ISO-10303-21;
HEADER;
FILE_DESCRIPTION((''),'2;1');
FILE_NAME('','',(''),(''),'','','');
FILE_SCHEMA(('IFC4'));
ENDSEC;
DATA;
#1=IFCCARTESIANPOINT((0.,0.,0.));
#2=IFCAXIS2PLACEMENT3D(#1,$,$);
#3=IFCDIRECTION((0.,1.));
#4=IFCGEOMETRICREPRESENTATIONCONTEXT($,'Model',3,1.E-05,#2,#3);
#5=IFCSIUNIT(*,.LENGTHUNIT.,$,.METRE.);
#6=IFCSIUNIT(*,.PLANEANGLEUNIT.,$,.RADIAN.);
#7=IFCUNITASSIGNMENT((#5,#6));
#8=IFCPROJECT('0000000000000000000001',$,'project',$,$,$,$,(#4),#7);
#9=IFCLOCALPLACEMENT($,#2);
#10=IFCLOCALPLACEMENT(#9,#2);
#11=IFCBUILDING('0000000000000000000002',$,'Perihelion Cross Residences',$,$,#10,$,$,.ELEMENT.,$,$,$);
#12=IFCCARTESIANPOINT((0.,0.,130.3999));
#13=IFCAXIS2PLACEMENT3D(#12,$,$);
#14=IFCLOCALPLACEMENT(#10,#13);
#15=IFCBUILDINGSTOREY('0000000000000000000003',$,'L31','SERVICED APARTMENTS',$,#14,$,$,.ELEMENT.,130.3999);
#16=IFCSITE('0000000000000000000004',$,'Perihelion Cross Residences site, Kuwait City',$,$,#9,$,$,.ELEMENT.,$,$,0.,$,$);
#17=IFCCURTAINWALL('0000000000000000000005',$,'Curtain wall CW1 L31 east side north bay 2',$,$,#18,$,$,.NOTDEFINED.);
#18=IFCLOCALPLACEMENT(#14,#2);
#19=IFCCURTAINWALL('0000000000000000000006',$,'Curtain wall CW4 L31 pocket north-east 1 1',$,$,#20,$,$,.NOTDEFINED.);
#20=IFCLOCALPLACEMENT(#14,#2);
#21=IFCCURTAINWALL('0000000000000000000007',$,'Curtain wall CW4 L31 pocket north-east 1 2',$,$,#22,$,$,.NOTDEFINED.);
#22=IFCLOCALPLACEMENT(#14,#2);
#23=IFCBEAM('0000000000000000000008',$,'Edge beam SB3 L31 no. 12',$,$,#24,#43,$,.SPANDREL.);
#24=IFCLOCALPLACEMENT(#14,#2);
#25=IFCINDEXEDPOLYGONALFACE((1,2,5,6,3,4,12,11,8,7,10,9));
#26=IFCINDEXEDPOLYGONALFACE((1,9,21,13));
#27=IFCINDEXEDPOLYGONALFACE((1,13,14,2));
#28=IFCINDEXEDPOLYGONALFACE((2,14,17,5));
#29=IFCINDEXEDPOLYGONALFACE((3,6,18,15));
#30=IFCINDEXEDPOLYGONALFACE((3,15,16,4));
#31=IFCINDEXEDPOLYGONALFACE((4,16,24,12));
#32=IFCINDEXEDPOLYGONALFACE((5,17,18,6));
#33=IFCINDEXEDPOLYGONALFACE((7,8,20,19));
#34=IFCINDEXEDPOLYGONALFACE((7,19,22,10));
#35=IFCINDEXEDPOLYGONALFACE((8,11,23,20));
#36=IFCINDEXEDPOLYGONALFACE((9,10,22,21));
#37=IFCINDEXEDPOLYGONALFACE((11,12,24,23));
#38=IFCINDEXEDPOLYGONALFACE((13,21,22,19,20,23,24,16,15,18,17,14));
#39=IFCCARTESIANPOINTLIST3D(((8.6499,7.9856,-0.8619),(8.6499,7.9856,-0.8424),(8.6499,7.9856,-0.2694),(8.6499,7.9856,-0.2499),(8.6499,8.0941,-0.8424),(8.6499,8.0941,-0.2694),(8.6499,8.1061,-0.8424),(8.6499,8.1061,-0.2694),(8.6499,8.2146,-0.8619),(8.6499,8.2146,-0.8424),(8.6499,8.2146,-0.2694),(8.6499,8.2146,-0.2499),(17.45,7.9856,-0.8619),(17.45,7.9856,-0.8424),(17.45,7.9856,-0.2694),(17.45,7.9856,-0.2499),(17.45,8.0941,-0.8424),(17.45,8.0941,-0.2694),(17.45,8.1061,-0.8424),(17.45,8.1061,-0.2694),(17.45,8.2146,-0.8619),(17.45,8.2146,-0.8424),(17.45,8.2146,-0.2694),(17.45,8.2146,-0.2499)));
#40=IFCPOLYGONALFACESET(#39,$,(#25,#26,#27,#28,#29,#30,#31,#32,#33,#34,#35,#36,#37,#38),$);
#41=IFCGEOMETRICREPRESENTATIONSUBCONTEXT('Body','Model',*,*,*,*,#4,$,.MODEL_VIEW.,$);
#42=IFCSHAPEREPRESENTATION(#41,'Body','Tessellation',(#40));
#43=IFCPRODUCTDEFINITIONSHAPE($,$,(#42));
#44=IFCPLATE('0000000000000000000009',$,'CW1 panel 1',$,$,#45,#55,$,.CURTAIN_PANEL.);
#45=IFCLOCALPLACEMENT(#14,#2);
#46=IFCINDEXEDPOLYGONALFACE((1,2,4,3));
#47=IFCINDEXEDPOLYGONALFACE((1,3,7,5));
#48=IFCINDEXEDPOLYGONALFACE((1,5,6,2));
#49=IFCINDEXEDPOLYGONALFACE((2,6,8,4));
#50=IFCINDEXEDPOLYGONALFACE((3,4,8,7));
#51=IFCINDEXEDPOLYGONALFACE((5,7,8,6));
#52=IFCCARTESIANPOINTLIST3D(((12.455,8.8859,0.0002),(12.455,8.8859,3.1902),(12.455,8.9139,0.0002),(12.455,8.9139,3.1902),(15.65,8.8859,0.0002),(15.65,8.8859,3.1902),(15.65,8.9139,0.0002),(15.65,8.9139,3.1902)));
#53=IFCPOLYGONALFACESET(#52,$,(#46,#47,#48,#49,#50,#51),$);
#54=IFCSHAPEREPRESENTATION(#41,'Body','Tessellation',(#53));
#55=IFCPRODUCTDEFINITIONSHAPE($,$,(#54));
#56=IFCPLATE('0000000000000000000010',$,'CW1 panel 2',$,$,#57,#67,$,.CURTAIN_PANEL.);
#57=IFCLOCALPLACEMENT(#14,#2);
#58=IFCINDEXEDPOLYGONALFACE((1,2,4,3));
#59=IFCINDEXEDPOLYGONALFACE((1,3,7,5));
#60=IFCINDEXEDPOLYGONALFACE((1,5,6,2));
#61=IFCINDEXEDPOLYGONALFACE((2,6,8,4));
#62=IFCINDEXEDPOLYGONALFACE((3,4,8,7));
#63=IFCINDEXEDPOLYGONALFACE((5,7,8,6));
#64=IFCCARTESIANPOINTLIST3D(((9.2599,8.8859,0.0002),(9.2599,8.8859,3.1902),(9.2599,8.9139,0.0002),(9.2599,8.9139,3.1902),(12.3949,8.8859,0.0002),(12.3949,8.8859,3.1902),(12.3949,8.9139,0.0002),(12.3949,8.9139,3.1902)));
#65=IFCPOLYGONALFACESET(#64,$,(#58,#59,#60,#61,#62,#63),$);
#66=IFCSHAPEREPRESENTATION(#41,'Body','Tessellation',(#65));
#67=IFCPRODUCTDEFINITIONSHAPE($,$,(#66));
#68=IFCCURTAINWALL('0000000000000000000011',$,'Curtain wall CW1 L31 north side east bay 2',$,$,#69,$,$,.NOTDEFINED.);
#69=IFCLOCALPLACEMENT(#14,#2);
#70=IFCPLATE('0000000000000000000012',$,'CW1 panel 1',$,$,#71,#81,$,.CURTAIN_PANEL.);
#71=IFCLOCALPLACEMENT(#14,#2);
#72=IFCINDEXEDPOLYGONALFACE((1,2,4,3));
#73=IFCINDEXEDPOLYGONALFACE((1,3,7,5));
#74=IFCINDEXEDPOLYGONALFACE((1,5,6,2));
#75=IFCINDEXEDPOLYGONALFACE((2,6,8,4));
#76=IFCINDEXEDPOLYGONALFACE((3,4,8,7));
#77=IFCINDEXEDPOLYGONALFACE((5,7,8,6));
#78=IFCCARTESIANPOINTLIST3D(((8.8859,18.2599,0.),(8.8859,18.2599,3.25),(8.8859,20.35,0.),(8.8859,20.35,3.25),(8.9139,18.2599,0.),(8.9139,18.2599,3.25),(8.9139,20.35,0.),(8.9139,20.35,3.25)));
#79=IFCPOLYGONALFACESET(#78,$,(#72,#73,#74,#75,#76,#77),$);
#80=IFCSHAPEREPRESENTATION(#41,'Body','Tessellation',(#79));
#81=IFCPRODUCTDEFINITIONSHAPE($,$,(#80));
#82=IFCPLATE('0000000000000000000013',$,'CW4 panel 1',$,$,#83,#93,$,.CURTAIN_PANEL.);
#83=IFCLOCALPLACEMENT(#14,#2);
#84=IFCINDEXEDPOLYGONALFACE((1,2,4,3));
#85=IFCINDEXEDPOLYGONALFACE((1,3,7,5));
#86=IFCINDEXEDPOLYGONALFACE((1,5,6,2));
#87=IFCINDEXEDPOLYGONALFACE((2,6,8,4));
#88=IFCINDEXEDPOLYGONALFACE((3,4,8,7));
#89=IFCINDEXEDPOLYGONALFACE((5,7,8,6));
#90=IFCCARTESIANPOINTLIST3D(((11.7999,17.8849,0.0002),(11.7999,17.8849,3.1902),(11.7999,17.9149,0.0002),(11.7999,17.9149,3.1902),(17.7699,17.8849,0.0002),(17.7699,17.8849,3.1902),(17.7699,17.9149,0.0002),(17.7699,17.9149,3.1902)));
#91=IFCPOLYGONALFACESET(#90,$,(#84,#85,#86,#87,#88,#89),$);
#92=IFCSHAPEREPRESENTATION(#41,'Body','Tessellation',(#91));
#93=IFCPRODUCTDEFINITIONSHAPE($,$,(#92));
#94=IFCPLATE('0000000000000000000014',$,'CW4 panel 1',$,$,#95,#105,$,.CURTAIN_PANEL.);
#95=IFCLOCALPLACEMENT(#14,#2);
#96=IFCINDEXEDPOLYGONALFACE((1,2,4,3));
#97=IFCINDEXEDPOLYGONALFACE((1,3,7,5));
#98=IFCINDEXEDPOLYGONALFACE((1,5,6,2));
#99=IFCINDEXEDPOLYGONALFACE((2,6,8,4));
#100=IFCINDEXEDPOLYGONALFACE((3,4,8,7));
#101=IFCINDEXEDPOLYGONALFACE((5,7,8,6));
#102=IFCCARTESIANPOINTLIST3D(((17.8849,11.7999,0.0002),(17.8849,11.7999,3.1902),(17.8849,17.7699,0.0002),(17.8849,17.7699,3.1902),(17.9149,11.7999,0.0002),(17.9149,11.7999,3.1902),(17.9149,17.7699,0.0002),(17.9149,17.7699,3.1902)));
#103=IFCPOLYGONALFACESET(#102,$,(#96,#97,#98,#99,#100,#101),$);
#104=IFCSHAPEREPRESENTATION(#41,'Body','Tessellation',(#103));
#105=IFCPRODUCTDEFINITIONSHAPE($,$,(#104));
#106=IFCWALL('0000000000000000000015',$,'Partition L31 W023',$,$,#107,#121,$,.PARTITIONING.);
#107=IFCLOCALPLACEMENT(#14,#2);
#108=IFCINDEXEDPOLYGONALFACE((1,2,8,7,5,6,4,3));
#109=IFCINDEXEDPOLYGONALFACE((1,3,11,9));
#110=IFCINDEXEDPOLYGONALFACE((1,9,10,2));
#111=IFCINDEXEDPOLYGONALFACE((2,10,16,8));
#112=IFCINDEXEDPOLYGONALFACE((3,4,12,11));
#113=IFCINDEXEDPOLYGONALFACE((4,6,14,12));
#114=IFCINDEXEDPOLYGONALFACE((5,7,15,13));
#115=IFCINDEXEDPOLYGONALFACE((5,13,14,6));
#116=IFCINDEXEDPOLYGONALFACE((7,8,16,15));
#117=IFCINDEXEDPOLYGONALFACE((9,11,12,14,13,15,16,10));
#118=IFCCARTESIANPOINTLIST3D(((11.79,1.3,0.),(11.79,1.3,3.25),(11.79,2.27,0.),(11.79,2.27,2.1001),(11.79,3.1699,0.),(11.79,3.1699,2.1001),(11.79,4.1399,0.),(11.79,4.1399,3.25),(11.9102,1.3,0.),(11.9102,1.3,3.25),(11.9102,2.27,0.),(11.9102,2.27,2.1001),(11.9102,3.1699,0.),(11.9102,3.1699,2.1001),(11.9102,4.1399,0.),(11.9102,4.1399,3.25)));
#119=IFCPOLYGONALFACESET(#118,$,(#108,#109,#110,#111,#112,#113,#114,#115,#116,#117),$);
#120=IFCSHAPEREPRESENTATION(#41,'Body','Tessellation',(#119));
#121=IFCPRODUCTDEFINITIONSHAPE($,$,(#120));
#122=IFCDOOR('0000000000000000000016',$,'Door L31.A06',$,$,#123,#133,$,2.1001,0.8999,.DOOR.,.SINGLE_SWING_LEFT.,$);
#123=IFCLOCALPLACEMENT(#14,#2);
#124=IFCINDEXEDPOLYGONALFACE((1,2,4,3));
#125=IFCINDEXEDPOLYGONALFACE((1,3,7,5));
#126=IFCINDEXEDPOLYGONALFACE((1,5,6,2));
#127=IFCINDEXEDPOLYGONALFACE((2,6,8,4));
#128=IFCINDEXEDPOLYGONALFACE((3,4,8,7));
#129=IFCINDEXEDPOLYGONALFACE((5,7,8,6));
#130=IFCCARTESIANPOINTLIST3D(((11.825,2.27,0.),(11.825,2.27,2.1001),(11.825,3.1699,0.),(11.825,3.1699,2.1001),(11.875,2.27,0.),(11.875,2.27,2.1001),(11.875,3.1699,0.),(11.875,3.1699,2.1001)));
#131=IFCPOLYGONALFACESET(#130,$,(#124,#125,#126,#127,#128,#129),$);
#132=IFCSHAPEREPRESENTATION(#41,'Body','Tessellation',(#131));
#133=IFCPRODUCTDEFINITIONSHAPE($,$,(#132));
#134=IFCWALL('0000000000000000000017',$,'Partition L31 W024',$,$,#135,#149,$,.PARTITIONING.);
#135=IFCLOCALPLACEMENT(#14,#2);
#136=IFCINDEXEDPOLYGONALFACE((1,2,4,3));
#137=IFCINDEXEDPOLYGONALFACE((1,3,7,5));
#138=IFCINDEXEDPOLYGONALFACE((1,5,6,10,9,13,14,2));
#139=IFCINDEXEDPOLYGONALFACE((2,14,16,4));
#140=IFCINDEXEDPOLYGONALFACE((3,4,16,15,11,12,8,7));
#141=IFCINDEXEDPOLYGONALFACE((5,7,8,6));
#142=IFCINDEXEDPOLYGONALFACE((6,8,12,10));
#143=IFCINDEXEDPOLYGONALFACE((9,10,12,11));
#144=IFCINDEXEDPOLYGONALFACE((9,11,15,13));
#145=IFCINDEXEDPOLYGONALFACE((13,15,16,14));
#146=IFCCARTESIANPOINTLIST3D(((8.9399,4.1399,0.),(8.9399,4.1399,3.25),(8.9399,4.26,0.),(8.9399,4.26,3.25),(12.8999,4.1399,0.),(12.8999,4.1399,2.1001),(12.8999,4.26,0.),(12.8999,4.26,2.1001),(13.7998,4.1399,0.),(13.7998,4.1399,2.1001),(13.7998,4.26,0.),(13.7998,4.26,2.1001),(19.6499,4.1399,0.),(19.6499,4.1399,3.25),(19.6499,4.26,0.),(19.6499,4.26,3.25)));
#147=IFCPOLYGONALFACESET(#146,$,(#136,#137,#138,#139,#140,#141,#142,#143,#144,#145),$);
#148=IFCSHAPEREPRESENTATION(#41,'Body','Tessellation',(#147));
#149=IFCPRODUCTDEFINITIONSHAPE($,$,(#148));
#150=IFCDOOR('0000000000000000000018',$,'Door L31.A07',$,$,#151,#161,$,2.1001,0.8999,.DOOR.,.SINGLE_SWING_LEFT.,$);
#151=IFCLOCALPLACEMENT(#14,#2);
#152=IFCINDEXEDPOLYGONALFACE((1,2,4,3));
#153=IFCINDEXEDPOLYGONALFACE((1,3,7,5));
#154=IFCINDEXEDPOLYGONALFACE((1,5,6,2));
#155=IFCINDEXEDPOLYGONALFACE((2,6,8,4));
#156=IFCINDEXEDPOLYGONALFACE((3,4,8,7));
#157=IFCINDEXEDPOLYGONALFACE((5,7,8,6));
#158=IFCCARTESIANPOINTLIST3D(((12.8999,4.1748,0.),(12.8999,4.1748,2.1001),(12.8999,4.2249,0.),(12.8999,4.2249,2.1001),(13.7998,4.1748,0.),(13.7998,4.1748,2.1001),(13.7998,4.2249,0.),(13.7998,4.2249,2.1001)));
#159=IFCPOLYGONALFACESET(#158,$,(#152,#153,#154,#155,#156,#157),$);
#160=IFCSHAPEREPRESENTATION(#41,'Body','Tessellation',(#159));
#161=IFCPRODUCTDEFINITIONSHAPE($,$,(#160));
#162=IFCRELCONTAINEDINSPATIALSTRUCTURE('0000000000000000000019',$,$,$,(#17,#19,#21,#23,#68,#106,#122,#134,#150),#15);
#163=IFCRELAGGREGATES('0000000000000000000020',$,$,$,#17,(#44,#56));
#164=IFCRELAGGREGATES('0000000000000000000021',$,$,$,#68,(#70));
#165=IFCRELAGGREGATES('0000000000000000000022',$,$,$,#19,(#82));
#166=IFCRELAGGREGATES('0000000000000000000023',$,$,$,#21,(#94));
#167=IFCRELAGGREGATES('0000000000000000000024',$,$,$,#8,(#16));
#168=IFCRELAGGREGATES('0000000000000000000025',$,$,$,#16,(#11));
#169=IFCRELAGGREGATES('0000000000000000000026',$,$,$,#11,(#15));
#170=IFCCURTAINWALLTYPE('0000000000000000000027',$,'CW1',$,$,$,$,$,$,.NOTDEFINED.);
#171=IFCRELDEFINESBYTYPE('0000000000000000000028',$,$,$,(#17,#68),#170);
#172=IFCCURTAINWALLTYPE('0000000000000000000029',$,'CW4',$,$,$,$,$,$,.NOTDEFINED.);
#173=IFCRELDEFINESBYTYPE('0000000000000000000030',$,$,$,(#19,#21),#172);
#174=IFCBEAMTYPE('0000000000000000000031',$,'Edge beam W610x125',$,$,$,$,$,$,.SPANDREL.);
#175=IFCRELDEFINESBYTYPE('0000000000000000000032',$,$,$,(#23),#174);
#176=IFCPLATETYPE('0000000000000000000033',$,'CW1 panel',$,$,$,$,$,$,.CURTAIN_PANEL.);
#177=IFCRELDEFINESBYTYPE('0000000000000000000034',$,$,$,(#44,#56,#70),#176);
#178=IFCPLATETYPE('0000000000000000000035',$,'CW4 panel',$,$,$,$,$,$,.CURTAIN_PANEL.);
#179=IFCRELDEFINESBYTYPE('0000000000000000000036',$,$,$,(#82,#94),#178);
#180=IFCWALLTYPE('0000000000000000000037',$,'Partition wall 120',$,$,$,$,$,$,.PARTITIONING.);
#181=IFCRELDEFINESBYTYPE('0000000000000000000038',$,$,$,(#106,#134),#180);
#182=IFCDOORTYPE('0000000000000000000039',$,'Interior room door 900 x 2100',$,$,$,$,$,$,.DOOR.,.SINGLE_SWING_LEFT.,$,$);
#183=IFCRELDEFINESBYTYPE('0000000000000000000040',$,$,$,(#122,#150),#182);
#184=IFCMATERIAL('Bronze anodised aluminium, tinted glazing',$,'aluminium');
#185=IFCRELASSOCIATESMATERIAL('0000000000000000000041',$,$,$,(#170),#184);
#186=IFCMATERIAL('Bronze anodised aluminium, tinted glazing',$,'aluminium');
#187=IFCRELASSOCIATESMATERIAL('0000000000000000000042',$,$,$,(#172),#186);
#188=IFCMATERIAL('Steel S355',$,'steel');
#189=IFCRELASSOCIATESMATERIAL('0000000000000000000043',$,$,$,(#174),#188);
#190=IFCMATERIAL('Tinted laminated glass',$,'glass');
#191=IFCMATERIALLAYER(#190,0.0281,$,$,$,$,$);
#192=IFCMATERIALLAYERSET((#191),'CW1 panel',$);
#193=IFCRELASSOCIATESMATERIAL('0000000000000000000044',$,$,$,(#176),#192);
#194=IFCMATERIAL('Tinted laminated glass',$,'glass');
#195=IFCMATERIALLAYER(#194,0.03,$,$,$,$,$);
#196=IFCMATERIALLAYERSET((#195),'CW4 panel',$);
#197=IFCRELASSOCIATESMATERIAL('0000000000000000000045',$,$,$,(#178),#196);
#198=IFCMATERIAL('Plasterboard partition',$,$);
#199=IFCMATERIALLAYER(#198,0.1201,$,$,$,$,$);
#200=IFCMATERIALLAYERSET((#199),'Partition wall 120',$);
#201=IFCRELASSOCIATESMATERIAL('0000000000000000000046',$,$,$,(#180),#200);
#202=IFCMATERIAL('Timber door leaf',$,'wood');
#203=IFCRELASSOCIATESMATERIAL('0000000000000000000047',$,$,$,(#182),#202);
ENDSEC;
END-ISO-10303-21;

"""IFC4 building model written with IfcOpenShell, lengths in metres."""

from ifc_helpers import new_model, si_unit, direction, frame, frame_2d, origin, origin_2d, place, context, subcontext, project, spatial, rectangle, i_section, extrude, material, layer, layer_set, material_profile, profile_set, type_object, element, fill, aggregate, save


model = new_model("IFC4")

# Units and contexts
model_context = context("Model", 3, precision=1e-05, world=origin(), true_north=direction((0.0, 1.0)))
body_context = subcontext(model_context, "Body", "Model", "MODEL_VIEW")
ifc_project = project(units=[si_unit("LENGTHUNIT", "METRE"), si_unit("PLANEANGLEUNIT", "RADIAN")], contexts=[model_context])

# Site, building, storey
site_placement = place(None, origin())
site = spatial("IfcSite", under=ifc_project, at=site_placement, Name="Perihelion Cross Residences site, Kuwait City", CompositionType="ELEMENT", RefElevation=0.0)
building_placement = place(site_placement, origin())
building = spatial("IfcBuilding", under=site, at=building_placement, Name="Perihelion Cross Residences", CompositionType="ELEMENT")
storey_placement = place(building_placement, frame((0.0, 0.0, 130.3999)))
storey = spatial("IfcBuildingStorey", under=building, at=storey_placement, Name="L31", Description="SERVICED APARTMENTS", CompositionType="ELEMENT", Elevation=130.3999)

# Curtain walls
ifc_material_1 = material(Name="Bronze anodised aluminium, tinted glazing", Category="aluminium")
curtain_wall_type_1 = type_object("IfcCurtainWallType", Name="CW1", PredefinedType="NOTDEFINED", material=ifc_material_1)
curtain_wall_1_placement = place(storey_placement, origin())
curtain_wall_1 = element("IfcCurtainWall", 1, at=curtain_wall_1_placement, inside=storey, type_object=curtain_wall_type_1, Name="Curtain wall CW1 L31 east side north bay 2", PredefinedType="NOTDEFINED")
ifc_material_2 = material(Name="Bronze anodised aluminium, tinted glazing", Category="aluminium")
curtain_wall_type_2 = type_object("IfcCurtainWallType", Name="CW4", PredefinedType="NOTDEFINED", material=ifc_material_2)
curtain_wall_2_placement = place(storey_placement, origin())
curtain_wall_2 = element("IfcCurtainWall", 2, at=curtain_wall_2_placement, inside=storey, type_object=curtain_wall_type_2, Name="Curtain wall CW4 L31 pocket north-east 1 1", PredefinedType="NOTDEFINED")
curtain_wall_3_placement = place(storey_placement, origin())
curtain_wall_3 = element("IfcCurtainWall", 3, at=curtain_wall_3_placement, inside=storey, type_object=curtain_wall_type_2, Name="Curtain wall CW4 L31 pocket north-east 1 2", PredefinedType="NOTDEFINED")

# Beam
ifc_material_3 = material(Name="Steel S355", Category="steel")
ifc_material_profile_1 = material_profile(ifc_material_3, i_section(OverallWidth=0.229, OverallDepth=0.6121, WebThickness=0.012, FlangeThickness=0.0195, at=origin_2d()), Name="W610x125")
ifc_profile_set_1 = profile_set([ifc_material_profile_1], Name="Steel S355")
beam_type_1 = type_object("IfcBeamType", Name="Edge beam W610x125", PredefinedType="SPANDREL", material=ifc_profile_set_1)
beam_1_placement = place(storey_placement, frame((17.45, 8.1001, -0.5559), z_axis=(-1.0, 0.0, 0.0), x_axis=(0.0, -1.0, 0.0)))
element("IfcBeam", 4, at=beam_1_placement, inside=storey, type_object=beam_type_1, Name="Edge beam SB3 L31 no. 12", PredefinedType="SPANDREL", context=body_context, shape_type="SweptSolid", body=[
    extrude(i_section(OverallWidth=0.229, OverallDepth=0.6121, WebThickness=0.012, FlangeThickness=0.0195, at=origin_2d()), origin(), (0.0, 0.0, 1.0), 8.8),
])

# Plates
ifc_material_4 = material(Name="Tinted laminated glass", Category="glass")
ifc_layer_1 = layer(ifc_material_4, 0.0281)
ifc_layer_set_1 = layer_set([ifc_layer_1], Name="CW1 panel")
plate_type_1 = type_object("IfcPlateType", Name="CW1 panel", PredefinedType="CURTAIN_PANEL", material=ifc_layer_set_1)
plate_1_placement = place(storey_placement, frame((14.0525, 8.8999, 0.0002), z_axis=(0.0, 0.0, 1.0), x_axis=(-1.0, 0.0, 0.0)))
plate_1 = element("IfcPlate", 5, at=plate_1_placement, type_object=plate_type_1, Name="CW1 panel 1", PredefinedType="CURTAIN_PANEL", context=body_context, shape_type="SweptSolid", body=[
    extrude(rectangle(XDim=3.1951, YDim=0.0281, at=origin_2d()), origin(), (0.0, 0.0, 1.0), 3.1899),
])
plate_2_placement = place(storey_placement, frame((10.8274, 8.8999, 0.0002), z_axis=(0.0, 0.0, 1.0), x_axis=(-1.0, 0.0, 0.0)))
plate_2 = element("IfcPlate", 6, at=plate_2_placement, type_object=plate_type_1, Name="CW1 panel 2", PredefinedType="CURTAIN_PANEL", context=body_context, shape_type="SweptSolid", body=[
    extrude(rectangle(XDim=3.135, YDim=0.0281, at=origin_2d()), origin(), (0.0, 0.0, 1.0), 3.1899),
])
aggregate(curtain_wall_1, [plate_1, plate_2])

# Curtain wall, plate
curtain_wall_4_placement = place(storey_placement, origin())
curtain_wall_4 = element("IfcCurtainWall", 7, at=curtain_wall_4_placement, inside=storey, type_object=curtain_wall_type_1, Name="Curtain wall CW1 L31 north side east bay 2", PredefinedType="NOTDEFINED")
plate_3_placement = place(storey_placement, frame((8.8999, 19.3049, 0.0), z_axis=(0.0, 0.0, 1.0), x_axis=(0.0, 1.0, 0.0)))
plate_3 = element("IfcPlate", 8, at=plate_3_placement, type_object=plate_type_1, Name="CW1 panel 1", PredefinedType="CURTAIN_PANEL", context=body_context, shape_type="SweptSolid", body=[
    extrude(rectangle(XDim=2.0901, YDim=0.0281, at=origin_2d()), origin(), (0.0, 0.0, 1.0), 3.25),
])
aggregate(curtain_wall_4, [plate_3])

# Plates
ifc_material_5 = material(Name="Tinted laminated glass", Category="glass")
ifc_layer_2 = layer(ifc_material_5, 0.03)
ifc_layer_set_2 = layer_set([ifc_layer_2], Name="CW4 panel")
plate_type_2 = type_object("IfcPlateType", Name="CW4 panel", PredefinedType="CURTAIN_PANEL", material=ifc_layer_set_2)
plate_4_placement = place(storey_placement, frame((14.7849, 17.8999, 0.0002), z_axis=(0.0, 0.0, 1.0), x_axis=(1.0, 0.0, 0.0)))
plate_4 = element("IfcPlate", 9, at=plate_4_placement, type_object=plate_type_2, Name="CW4 panel 1", PredefinedType="CURTAIN_PANEL", context=body_context, shape_type="SweptSolid", body=[
    extrude(rectangle(XDim=5.97, YDim=0.03, at=origin_2d()), origin(), (0.0, 0.0, 1.0), 3.1899),
])
aggregate(curtain_wall_2, [plate_4])
plate_5_placement = place(storey_placement, frame((17.8999, 14.7849, 0.0002), z_axis=(0.0, 0.0, 1.0), x_axis=(0.0, -1.0, 0.0)))
plate_5 = element("IfcPlate", 10, at=plate_5_placement, type_object=plate_type_2, Name="CW4 panel 1", PredefinedType="CURTAIN_PANEL", context=body_context, shape_type="SweptSolid", body=[
    extrude(rectangle(XDim=5.97, YDim=0.03, at=origin_2d()), origin(), (0.0, 0.0, 1.0), 3.1899),
])
aggregate(curtain_wall_3, [plate_5])

# Walls, openings, doors
ifc_material_6 = material(Name="Plasterboard partition")
ifc_layer_3 = layer(ifc_material_6, 0.1201)
ifc_layer_set_3 = layer_set([ifc_layer_3], Name="Partition wall 120")
wall_type_1 = type_object("IfcWallType", Name="Partition wall 120", PredefinedType="PARTITIONING", material=ifc_layer_set_3)
wall_1_placement = place(storey_placement, frame((11.8501, 4.1399, 0.0), z_axis=(0.0, 0.0, 1.0), x_axis=(0.0, -1.0, 0.0)))
wall_1 = element("IfcWall", 11, at=wall_1_placement, inside=storey, type_object=wall_type_1, Name="Partition L31 W023", PredefinedType="PARTITIONING", context=body_context, shape_type="SweptSolid", body=[
    extrude(rectangle(XDim=2.8398, YDim=0.1201, at=frame_2d((1.4199, 0.0))), origin(), (0.0, 0.0, 1.0), 3.25),
])
opening_1_placement = place(wall_1_placement, frame((0.97, 0.0, 0.0)))
opening_1 = element("IfcOpeningElement", 12, at=opening_1_placement, cuts=wall_1, PredefinedType="OPENING", context=body_context, shape_type="SweptSolid", body=[
    extrude(rectangle(XDim=0.8999, YDim=2.1001, at=frame_2d((0.45, 1.05))), frame((0.0, 0.0701, 0.0), z_axis=(0.0, -1.0, 0.0), x_axis=(1.0, 0.0, 0.0)), (0.0, 0.0, 1.0), 0.1401),
])
ifc_material_7 = material(Name="Timber door leaf", Category="wood")
door_type_1 = type_object("IfcDoorType", Name="Interior room door 900 x 2100", OperationType="SINGLE_SWING_LEFT", PredefinedType="DOOR", material=ifc_material_7)
door_1_placement = place(opening_1_placement, origin())
door_1 = element("IfcDoor", 13, at=door_1_placement, inside=storey, type_object=door_type_1, Name="Door L31.A06", OperationType="SINGLE_SWING_LEFT", OverallHeight=2.1001, OverallWidth=0.8999, PredefinedType="DOOR", context=body_context, shape_type="SweptSolid", body=[
    extrude(rectangle(XDim=0.8999, YDim=2.1001, at=frame_2d((0.45, 1.05))), frame((0.0, 0.0249, 0.0), z_axis=(0.0, -1.0, 0.0), x_axis=(1.0, 0.0, 0.0)), (0.0, 0.0, 1.0), 0.05),
])
fill(opening_1, door_1)
wall_2_placement = place(storey_placement, frame((8.9399, 4.2, 0.0), z_axis=(0.0, 0.0, 1.0), x_axis=(1.0, 0.0, 0.0)))
wall_2 = element("IfcWall", 14, at=wall_2_placement, inside=storey, type_object=wall_type_1, Name="Partition L31 W024", PredefinedType="PARTITIONING", context=body_context, shape_type="SweptSolid", body=[
    extrude(rectangle(XDim=10.71, YDim=0.1201, at=frame_2d((5.355, 0.0))), origin(), (0.0, 0.0, 1.0), 3.25),
])
opening_2_placement = place(wall_2_placement, frame((3.96, 0.0, 0.0)))
opening_2 = element("IfcOpeningElement", 15, at=opening_2_placement, cuts=wall_2, PredefinedType="OPENING", context=body_context, shape_type="SweptSolid", body=[
    extrude(rectangle(XDim=0.8999, YDim=2.1001, at=frame_2d((0.45, 1.05))), frame((0.0, 0.0701, 0.0), z_axis=(0.0, -1.0, 0.0), x_axis=(1.0, 0.0, 0.0)), (0.0, 0.0, 1.0), 0.1401),
])
door_2_placement = place(opening_2_placement, origin())
door_2 = element("IfcDoor", 16, at=door_2_placement, inside=storey, type_object=door_type_1, Name="Door L31.A07", OperationType="SINGLE_SWING_LEFT", OverallHeight=2.1001, OverallWidth=0.8999, PredefinedType="DOOR", context=body_context, shape_type="SweptSolid", body=[
    extrude(rectangle(XDim=0.8999, YDim=2.1001, at=frame_2d((0.45, 1.05))), frame((0.0, 0.0249, 0.0), z_axis=(0.0, -1.0, 0.0), x_axis=(1.0, 0.0, 0.0)), (0.0, 0.0, 1.0), 0.05),
])
fill(opening_2, door_2)

save(model, "model.ifc")
